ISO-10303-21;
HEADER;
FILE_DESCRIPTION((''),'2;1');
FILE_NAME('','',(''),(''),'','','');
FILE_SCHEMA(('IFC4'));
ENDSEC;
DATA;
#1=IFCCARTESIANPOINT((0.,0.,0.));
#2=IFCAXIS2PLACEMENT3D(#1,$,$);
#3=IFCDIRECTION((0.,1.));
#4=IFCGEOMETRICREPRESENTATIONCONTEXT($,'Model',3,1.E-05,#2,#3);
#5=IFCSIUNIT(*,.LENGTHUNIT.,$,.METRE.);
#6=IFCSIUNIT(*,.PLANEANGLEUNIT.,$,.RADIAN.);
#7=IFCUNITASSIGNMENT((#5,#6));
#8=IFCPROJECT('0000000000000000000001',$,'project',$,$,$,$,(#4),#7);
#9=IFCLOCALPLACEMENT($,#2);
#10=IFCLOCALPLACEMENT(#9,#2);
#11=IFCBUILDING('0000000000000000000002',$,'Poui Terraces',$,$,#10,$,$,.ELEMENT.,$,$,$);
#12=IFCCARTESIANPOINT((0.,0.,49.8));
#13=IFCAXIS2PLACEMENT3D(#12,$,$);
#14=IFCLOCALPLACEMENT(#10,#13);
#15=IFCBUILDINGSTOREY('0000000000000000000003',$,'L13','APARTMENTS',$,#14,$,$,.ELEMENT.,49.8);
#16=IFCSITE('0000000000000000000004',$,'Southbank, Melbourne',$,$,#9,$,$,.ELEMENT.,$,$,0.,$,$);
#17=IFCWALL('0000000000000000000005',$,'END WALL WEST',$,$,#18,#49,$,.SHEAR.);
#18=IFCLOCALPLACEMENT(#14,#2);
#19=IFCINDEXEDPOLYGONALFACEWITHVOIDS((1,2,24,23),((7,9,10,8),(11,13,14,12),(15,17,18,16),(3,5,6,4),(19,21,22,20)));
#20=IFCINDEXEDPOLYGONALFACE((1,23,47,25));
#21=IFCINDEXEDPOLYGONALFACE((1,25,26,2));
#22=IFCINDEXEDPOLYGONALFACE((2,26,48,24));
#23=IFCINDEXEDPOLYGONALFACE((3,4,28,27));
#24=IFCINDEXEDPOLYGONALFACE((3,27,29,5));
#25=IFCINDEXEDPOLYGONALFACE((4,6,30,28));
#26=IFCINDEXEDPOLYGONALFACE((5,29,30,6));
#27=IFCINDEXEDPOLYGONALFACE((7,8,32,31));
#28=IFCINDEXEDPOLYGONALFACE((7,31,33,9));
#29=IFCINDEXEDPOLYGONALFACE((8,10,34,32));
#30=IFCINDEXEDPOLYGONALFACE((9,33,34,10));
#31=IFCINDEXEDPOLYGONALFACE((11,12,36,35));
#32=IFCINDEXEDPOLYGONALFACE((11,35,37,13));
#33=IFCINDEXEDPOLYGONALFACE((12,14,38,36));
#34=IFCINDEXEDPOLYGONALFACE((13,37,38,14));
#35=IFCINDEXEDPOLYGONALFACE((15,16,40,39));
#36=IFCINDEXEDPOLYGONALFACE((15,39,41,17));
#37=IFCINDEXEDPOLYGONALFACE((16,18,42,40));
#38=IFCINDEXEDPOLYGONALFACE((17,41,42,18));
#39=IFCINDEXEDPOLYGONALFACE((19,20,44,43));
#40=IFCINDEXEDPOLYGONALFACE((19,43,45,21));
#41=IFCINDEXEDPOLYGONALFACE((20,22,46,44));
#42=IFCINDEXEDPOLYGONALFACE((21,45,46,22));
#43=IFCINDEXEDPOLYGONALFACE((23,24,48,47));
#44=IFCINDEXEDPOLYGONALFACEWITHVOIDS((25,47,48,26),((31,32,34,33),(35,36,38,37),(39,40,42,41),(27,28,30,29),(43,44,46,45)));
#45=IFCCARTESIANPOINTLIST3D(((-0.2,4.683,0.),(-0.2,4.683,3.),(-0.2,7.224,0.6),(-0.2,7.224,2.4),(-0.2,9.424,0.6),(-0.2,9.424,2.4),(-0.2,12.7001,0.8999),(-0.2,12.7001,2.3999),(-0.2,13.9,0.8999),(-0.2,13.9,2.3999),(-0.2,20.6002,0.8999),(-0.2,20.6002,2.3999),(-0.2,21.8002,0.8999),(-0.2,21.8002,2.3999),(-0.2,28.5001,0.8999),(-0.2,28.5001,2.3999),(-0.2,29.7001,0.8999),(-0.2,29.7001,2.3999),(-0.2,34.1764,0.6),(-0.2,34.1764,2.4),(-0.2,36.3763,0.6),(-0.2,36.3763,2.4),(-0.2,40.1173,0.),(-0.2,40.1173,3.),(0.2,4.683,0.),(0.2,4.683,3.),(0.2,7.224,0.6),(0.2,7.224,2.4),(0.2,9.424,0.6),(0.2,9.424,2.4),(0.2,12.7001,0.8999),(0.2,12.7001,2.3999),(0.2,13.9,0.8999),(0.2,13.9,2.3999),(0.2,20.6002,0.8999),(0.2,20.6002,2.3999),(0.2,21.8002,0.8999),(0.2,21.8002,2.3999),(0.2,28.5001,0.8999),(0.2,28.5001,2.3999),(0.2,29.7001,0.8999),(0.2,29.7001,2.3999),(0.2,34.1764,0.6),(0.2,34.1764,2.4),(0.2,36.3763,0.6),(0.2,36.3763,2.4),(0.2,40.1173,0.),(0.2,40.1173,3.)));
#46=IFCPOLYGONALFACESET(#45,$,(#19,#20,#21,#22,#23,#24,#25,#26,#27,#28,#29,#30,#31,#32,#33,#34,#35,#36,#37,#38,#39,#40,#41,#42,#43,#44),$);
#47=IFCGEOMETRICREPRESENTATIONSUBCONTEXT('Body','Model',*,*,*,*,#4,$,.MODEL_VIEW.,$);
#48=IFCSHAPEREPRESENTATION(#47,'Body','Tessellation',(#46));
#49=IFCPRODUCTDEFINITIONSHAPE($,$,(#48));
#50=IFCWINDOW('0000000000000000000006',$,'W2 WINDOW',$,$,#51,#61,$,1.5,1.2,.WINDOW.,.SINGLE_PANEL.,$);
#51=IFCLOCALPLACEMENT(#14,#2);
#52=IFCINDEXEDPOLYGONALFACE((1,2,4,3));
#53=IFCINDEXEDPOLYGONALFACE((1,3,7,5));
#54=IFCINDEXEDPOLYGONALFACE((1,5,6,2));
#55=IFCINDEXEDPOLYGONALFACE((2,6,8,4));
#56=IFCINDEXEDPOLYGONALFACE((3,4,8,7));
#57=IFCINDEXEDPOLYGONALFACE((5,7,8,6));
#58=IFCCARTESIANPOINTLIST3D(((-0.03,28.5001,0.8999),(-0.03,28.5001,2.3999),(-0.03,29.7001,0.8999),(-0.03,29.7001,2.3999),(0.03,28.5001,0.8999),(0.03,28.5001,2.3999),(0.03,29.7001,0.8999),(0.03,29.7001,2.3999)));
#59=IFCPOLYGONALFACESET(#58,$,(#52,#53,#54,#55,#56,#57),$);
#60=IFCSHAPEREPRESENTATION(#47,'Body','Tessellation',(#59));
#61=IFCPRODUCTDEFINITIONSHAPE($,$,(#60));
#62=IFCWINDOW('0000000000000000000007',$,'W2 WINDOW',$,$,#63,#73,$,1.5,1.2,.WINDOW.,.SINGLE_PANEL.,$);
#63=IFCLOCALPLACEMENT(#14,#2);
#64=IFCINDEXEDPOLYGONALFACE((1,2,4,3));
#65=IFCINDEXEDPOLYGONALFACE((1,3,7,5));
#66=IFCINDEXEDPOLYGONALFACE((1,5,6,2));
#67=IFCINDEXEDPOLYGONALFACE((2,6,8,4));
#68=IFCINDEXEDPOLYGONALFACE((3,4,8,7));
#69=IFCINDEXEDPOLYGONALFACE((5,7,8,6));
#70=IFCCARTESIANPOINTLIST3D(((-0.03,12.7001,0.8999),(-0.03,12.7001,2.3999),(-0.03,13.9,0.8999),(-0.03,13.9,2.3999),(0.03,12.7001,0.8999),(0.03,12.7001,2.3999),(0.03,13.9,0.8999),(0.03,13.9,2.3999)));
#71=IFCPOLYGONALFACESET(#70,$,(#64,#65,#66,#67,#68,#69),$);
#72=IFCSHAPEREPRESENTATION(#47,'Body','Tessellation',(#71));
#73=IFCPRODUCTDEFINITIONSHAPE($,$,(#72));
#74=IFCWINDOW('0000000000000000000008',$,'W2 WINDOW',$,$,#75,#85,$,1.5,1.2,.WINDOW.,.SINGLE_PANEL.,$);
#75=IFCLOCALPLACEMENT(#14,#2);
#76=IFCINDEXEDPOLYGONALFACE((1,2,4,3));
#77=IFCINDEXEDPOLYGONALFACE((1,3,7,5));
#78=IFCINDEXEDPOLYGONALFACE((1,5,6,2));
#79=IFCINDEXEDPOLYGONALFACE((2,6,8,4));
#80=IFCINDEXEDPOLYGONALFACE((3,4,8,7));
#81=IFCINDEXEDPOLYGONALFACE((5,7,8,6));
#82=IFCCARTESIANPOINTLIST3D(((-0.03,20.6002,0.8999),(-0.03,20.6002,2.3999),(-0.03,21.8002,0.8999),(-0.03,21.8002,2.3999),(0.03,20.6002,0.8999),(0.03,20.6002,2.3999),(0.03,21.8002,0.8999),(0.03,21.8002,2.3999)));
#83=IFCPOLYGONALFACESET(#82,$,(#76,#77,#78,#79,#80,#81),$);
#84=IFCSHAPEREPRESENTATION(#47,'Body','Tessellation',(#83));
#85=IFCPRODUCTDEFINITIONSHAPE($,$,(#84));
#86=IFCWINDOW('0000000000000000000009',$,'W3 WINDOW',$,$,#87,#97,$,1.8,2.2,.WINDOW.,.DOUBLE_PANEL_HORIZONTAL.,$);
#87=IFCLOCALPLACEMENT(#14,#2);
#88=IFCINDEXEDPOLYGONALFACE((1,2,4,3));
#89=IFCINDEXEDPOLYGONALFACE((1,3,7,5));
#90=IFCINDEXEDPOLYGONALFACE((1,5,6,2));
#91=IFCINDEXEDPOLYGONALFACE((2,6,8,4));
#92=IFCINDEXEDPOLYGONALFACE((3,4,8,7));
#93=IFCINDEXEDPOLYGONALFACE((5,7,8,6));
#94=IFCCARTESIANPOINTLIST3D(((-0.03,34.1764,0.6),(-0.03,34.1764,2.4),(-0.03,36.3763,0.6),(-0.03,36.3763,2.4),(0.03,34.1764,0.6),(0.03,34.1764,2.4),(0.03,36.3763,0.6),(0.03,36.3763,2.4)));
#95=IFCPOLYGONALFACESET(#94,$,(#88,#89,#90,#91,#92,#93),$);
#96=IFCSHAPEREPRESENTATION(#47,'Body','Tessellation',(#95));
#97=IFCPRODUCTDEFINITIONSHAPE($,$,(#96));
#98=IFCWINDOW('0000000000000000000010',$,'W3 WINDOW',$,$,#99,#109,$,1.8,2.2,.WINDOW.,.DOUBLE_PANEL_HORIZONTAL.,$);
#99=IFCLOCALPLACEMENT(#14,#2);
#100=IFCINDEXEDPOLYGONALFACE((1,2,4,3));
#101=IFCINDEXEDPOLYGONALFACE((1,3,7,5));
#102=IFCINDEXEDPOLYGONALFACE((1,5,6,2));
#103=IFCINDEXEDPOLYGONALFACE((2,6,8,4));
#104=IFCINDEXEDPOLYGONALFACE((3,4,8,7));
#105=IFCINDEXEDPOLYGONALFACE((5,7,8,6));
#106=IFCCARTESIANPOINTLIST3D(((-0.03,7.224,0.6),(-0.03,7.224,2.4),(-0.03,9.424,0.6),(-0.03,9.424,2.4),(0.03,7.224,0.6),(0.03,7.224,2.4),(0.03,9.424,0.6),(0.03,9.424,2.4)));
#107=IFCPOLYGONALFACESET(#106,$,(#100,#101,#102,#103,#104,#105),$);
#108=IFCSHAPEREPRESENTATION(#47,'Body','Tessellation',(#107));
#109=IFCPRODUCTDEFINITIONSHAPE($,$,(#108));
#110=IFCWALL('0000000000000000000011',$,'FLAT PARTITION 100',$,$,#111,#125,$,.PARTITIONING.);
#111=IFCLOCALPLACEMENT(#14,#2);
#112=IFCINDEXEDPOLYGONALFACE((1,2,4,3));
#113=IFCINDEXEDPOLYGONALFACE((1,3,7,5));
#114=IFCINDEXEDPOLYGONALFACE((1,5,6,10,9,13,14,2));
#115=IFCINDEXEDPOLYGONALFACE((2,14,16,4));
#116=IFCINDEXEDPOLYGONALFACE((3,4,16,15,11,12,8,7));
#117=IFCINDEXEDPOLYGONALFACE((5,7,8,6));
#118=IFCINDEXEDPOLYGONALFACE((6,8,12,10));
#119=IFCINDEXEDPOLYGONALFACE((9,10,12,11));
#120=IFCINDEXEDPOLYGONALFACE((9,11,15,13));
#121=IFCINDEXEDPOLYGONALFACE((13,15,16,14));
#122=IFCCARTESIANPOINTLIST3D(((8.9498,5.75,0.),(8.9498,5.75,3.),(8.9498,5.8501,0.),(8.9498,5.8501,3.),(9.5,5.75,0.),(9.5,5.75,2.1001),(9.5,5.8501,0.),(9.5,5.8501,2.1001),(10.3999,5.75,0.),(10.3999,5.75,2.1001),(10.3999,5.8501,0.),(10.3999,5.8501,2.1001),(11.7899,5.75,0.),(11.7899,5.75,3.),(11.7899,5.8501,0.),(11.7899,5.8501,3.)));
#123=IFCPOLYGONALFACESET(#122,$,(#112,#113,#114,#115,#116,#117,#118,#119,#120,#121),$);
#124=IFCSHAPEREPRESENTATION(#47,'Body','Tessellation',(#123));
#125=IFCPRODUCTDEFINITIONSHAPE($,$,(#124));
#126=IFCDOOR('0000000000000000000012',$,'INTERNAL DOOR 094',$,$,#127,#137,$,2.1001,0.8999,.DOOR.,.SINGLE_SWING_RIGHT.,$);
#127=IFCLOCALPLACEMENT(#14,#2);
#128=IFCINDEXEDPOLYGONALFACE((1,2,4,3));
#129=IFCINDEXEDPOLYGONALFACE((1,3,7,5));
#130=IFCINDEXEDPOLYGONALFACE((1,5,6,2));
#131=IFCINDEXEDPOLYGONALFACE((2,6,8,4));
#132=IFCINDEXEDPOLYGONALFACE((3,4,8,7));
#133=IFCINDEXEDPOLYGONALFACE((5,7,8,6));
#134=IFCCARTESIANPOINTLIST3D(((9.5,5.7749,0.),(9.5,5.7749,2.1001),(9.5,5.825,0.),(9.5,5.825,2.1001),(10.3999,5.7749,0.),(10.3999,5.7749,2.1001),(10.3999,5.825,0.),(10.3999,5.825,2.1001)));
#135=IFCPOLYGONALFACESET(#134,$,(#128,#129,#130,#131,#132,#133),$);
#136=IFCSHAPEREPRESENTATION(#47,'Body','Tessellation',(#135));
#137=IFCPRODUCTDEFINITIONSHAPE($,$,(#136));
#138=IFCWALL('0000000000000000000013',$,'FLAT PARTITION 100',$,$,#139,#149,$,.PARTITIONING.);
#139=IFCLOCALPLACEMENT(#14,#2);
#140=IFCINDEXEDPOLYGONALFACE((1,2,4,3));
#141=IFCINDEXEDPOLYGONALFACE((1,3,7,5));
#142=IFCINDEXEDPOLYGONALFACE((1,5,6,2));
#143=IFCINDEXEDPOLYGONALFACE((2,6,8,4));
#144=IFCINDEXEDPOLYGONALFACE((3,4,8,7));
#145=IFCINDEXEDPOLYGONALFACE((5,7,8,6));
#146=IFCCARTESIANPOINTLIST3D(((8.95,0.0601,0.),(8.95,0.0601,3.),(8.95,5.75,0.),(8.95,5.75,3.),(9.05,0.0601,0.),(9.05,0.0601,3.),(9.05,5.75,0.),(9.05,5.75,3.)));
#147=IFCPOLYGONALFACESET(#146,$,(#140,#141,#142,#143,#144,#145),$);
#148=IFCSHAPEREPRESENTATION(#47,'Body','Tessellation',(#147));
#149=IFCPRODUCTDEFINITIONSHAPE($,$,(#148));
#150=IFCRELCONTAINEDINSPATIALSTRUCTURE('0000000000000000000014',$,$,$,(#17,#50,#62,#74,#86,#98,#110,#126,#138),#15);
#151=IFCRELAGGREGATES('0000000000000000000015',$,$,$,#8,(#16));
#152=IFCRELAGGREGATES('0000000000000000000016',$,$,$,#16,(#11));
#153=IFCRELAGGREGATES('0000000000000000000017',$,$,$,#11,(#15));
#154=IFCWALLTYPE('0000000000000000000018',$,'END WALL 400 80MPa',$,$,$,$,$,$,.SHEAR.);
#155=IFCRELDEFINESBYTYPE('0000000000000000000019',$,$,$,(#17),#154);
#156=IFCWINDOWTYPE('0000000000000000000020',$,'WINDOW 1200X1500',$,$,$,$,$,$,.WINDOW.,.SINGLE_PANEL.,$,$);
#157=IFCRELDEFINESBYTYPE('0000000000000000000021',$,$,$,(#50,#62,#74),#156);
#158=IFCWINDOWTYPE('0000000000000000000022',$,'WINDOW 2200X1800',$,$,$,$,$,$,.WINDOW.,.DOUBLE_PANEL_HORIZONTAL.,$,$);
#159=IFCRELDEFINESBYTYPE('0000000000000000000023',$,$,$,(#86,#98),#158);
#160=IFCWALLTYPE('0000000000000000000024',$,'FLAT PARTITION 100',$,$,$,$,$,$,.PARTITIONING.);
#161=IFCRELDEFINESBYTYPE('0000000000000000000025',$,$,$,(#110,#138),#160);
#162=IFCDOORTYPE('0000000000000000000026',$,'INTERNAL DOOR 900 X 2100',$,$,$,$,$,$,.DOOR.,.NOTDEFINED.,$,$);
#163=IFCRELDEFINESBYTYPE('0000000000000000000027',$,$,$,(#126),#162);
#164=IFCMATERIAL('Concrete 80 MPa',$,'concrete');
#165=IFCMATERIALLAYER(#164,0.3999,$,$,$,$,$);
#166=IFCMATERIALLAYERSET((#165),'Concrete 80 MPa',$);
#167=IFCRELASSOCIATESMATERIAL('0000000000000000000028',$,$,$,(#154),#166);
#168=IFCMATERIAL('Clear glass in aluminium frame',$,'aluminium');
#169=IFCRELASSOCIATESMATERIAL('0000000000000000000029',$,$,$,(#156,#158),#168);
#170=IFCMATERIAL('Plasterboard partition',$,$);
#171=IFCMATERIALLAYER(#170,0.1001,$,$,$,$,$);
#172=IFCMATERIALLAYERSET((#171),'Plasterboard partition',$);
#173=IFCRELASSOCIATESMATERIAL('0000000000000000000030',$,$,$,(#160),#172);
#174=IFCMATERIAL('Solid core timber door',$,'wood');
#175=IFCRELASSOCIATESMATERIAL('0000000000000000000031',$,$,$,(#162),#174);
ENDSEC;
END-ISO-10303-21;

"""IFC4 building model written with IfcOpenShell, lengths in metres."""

from ifc_helpers import new_model, si_unit, direction, frame, frame_2d, origin, place, context, subcontext, project, spatial, rectangle, extrude, material, layer, layer_set, type_object, element, fill, save


model = new_model("IFC4")

# Units and contexts
model_context = context("Model", 3, precision=1e-05, world=origin(), true_north=direction((0.0, 1.0)))
body_context = subcontext(model_context, "Body", "Model", "MODEL_VIEW")
ifc_project = project(units=[si_unit("LENGTHUNIT", "METRE"), si_unit("PLANEANGLEUNIT", "RADIAN")], contexts=[model_context])

# Site, building, storey
site_placement = place(None, origin())
site = spatial("IfcSite", under=ifc_project, at=site_placement, Name="Southbank, Melbourne", CompositionType="ELEMENT", RefElevation=0.0)
building_placement = place(site_placement, origin())
building = spatial("IfcBuilding", under=site, at=building_placement, Name="Poui Terraces", CompositionType="ELEMENT")
storey_placement = place(building_placement, frame((0.0, 0.0, 49.8)))
storey = spatial("IfcBuildingStorey", under=building, at=storey_placement, Name="L13", Description="APARTMENTS", CompositionType="ELEMENT", Elevation=49.8)

# Shared definitions
ifc_material_1 = material(Name="Concrete 80 MPa", Category="concrete")

# Wall, openings, windows
ifc_layer_1 = layer(ifc_material_1, 0.3999)
ifc_layer_set_1 = layer_set([ifc_layer_1], Name="Concrete 80 MPa")
wall_type_1 = type_object("IfcWallType", Name="END WALL 400 80MPa", PredefinedType="SHEAR", material=ifc_layer_set_1)
wall_1_placement = place(storey_placement, frame((0.0, 4.6829, 0.0), z_axis=(0.0, 0.0, 1.0), x_axis=(0.0, 1.0, 0.0)))
wall_1 = element("IfcWall", 1, at=wall_1_placement, inside=storey, type_object=wall_type_1, Name="END WALL WEST", PredefinedType="SHEAR", context=body_context, shape_type="SweptSolid", body=[
    extrude(rectangle(XDim=35.4343, YDim=0.3999, at=frame_2d((17.7173, 0.0))), origin(), (0.0, 0.0, 1.0), 3.0),
])
opening_1_placement = place(wall_1_placement, frame((23.8171, 0.0, 0.8999)))
opening_1 = element("IfcOpeningElement", 2, at=opening_1_placement, cuts=wall_1, PredefinedType="OPENING", context=body_context, shape_type="SweptSolid", body=[
    extrude(rectangle(XDim=1.2, YDim=1.5, at=frame_2d((0.6001, 0.75))), frame((0.0, 0.21, 0.0), z_axis=(0.0, -1.0, 0.0), x_axis=(1.0, 0.0, 0.0)), (0.0, 0.0, 1.0), 0.4199),
])
opening_2_placement = place(wall_1_placement, frame((8.0171, 0.0, 0.8999)))
opening_2 = element("IfcOpeningElement", 3, at=opening_2_placement, cuts=wall_1, PredefinedType="OPENING", context=body_context, shape_type="SweptSolid", body=[
    extrude(rectangle(XDim=1.2, YDim=1.5, at=frame_2d((0.6001, 0.75))), frame((0.0, 0.21, 0.0), z_axis=(0.0, -1.0, 0.0), x_axis=(1.0, 0.0, 0.0)), (0.0, 0.0, 1.0), 0.4199),
])
opening_3_placement = place(wall_1_placement, frame((15.9172, 0.0, 0.8999)))
opening_3 = element("IfcOpeningElement", 4, at=opening_3_placement, cuts=wall_1, PredefinedType="OPENING", context=body_context, shape_type="SweptSolid", body=[
    extrude(rectangle(XDim=1.2, YDim=1.5, at=frame_2d((0.6001, 0.75))), frame((0.0, 0.21, 0.0), z_axis=(0.0, -1.0, 0.0), x_axis=(1.0, 0.0, 0.0)), (0.0, 0.0, 1.0), 0.4199),
])
opening_4_placement = place(wall_1_placement, frame((29.4934, 0.0, 0.6001)))
opening_4 = element("IfcOpeningElement", 5, at=opening_4_placement, cuts=wall_1, PredefinedType="OPENING", context=body_context, shape_type="SweptSolid", body=[
    extrude(rectangle(XDim=2.2, YDim=1.8, at=frame_2d((1.1001, 0.8999))), frame((0.0, 0.21, 0.0), z_axis=(0.0, -1.0, 0.0), x_axis=(1.0, 0.0, 0.0)), (0.0, 0.0, 1.0), 0.4199),
])
opening_5_placement = place(wall_1_placement, frame((2.541, 0.0, 0.6001)))
opening_5 = element("IfcOpeningElement", 6, at=opening_5_placement, cuts=wall_1, PredefinedType="OPENING", context=body_context, shape_type="SweptSolid", body=[
    extrude(rectangle(XDim=2.2, YDim=1.8, at=frame_2d((1.1001, 0.8999))), frame((0.0, 0.21, 0.0), z_axis=(0.0, -1.0, 0.0), x_axis=(1.0, 0.0, 0.0)), (0.0, 0.0, 1.0), 0.4199),
])
ifc_material_2 = material(Name="Clear glass in aluminium frame", Category="aluminium")
window_type_1 = type_object("IfcWindowType", Name="WINDOW 1200X1500", PartitioningType="SINGLE_PANEL", PredefinedType="WINDOW", material=ifc_material_2)
window_1_placement = place(opening_1_placement, origin())
window_1 = element("IfcWindow", 7, at=window_1_placement, inside=storey, type_object=window_type_1, Name="W2 WINDOW", OverallHeight=1.5, OverallWidth=1.2, PartitioningType="SINGLE_PANEL", PredefinedType="WINDOW", context=body_context, shape_type="SweptSolid", body=[
    extrude(rectangle(XDim=1.2, YDim=1.5, at=frame_2d((0.6001, 0.75))), frame((0.0, 0.03, 0.0), z_axis=(0.0, -1.0, 0.0), x_axis=(1.0, 0.0, 0.0)), (0.0, 0.0, 1.0), 0.0601),
])
fill(opening_1, window_1)
window_2_placement = place(opening_2_placement, origin())
window_2 = element("IfcWindow", 8, at=window_2_placement, inside=storey, type_object=window_type_1, Name="W2 WINDOW", OverallHeight=1.5, OverallWidth=1.2, PartitioningType="SINGLE_PANEL", PredefinedType="WINDOW", context=body_context, shape_type="SweptSolid", body=[
    extrude(rectangle(XDim=1.2, YDim=1.5, at=frame_2d((0.6001, 0.75))), frame((0.0, 0.03, 0.0), z_axis=(0.0, -1.0, 0.0), x_axis=(1.0, 0.0, 0.0)), (0.0, 0.0, 1.0), 0.0601),
])
fill(opening_2, window_2)
window_3_placement = place(opening_3_placement, origin())
window_3 = element("IfcWindow", 9, at=window_3_placement, inside=storey, type_object=window_type_1, Name="W2 WINDOW", OverallHeight=1.5, OverallWidth=1.2, PartitioningType="SINGLE_PANEL", PredefinedType="WINDOW", context=body_context, shape_type="SweptSolid", body=[
    extrude(rectangle(XDim=1.2, YDim=1.5, at=frame_2d((0.6001, 0.75))), frame((0.0, 0.03, 0.0), z_axis=(0.0, -1.0, 0.0), x_axis=(1.0, 0.0, 0.0)), (0.0, 0.0, 1.0), 0.0601),
])
fill(opening_3, window_3)
window_type_2 = type_object("IfcWindowType", Name="WINDOW 2200X1800", PartitioningType="DOUBLE_PANEL_HORIZONTAL", PredefinedType="WINDOW", material=ifc_material_2)
window_4_placement = place(opening_4_placement, origin())
window_4 = element("IfcWindow", 10, at=window_4_placement, inside=storey, type_object=window_type_2, Name="W3 WINDOW", OverallHeight=1.8, OverallWidth=2.2, PartitioningType="DOUBLE_PANEL_HORIZONTAL", PredefinedType="WINDOW", context=body_context, shape_type="SweptSolid", body=[
    extrude(rectangle(XDim=2.2, YDim=1.8, at=frame_2d((1.1001, 0.8999))), frame((0.0, 0.03, 0.0), z_axis=(0.0, -1.0, 0.0), x_axis=(1.0, 0.0, 0.0)), (0.0, 0.0, 1.0), 0.0601),
])
fill(opening_4, window_4)
window_5_placement = place(opening_5_placement, origin())
window_5 = element("IfcWindow", 11, at=window_5_placement, inside=storey, type_object=window_type_2, Name="W3 WINDOW", OverallHeight=1.8, OverallWidth=2.2, PartitioningType="DOUBLE_PANEL_HORIZONTAL", PredefinedType="WINDOW", context=body_context, shape_type="SweptSolid", body=[
    extrude(rectangle(XDim=2.2, YDim=1.8, at=frame_2d((1.1001, 0.8999))), frame((0.0, 0.03, 0.0), z_axis=(0.0, -1.0, 0.0), x_axis=(1.0, 0.0, 0.0)), (0.0, 0.0, 1.0), 0.0601),
])
fill(opening_5, window_5)

# Wall, opening, door
ifc_material_3 = material(Name="Plasterboard partition")
ifc_layer_2 = layer(ifc_material_3, 0.1001)
ifc_layer_set_2 = layer_set([ifc_layer_2], Name="Plasterboard partition")
wall_type_2 = type_object("IfcWallType", Name="FLAT PARTITION 100", PredefinedType="PARTITIONING", material=ifc_layer_set_2)
wall_2_placement = place(storey_placement, frame((8.95, 5.8, 0.0), z_axis=(0.0, 0.0, 1.0), x_axis=(1.0, 0.0, 0.0)))
wall_2 = element("IfcWall", 12, at=wall_2_placement, inside=storey, type_object=wall_type_2, Name="FLAT PARTITION 100", PredefinedType="PARTITIONING", context=body_context, shape_type="SweptSolid", body=[
    extrude(rectangle(XDim=2.8401, YDim=0.1001, at=frame_2d((1.4199, 0.0))), origin(), (0.0, 0.0, 1.0), 3.0),
])
opening_6_placement = place(wall_2_placement, frame((0.55, 0.0, 0.0)))
opening_6 = element("IfcOpeningElement", 13, at=opening_6_placement, cuts=wall_2, PredefinedType="OPENING", context=body_context, shape_type="SweptSolid", body=[
    extrude(rectangle(XDim=0.8999, YDim=2.1001, at=frame_2d((0.45, 1.05))), frame((0.0, 0.0601, 0.0), z_axis=(0.0, -1.0, 0.0), x_axis=(1.0, 0.0, 0.0)), (0.0, 0.0, 1.0), 0.1201),
])
ifc_material_4 = material(Name="Solid core timber door", Category="wood")
door_type = type_object("IfcDoorType", Name="INTERNAL DOOR 900 X 2100", OperationType="NOTDEFINED", PredefinedType="DOOR", material=ifc_material_4)
door_placement = place(opening_6_placement, origin())
door = element("IfcDoor", 14, at=door_placement, inside=storey, type_object=door_type, Name="INTERNAL DOOR 094", OperationType="SINGLE_SWING_RIGHT", OverallHeight=2.1001, OverallWidth=0.8999, PredefinedType="DOOR", context=body_context, shape_type="SweptSolid", body=[
    extrude(rectangle(XDim=0.8999, YDim=2.1001, at=frame_2d((0.45, 1.05))), frame((0.0, 0.0249, 0.0), z_axis=(0.0, -1.0, 0.0), x_axis=(1.0, 0.0, 0.0)), (0.0, 0.0, 1.0), 0.05),
])
fill(opening_6, door)

# Wall
wall_3_placement = place(storey_placement, frame((9.0, 0.0601, 0.0), z_axis=(0.0, 0.0, 1.0), x_axis=(0.0, 1.0, 0.0)))
element("IfcWall", 15, at=wall_3_placement, inside=storey, type_object=wall_type_2, Name="FLAT PARTITION 100", PredefinedType="PARTITIONING", context=body_context, shape_type="SweptSolid", body=[
    extrude(rectangle(XDim=5.6899, YDim=0.1001, at=frame_2d((2.845, 0.0))), origin(), (0.0, 0.0, 1.0), 3.0),
])

save(model, "model.ifc")
